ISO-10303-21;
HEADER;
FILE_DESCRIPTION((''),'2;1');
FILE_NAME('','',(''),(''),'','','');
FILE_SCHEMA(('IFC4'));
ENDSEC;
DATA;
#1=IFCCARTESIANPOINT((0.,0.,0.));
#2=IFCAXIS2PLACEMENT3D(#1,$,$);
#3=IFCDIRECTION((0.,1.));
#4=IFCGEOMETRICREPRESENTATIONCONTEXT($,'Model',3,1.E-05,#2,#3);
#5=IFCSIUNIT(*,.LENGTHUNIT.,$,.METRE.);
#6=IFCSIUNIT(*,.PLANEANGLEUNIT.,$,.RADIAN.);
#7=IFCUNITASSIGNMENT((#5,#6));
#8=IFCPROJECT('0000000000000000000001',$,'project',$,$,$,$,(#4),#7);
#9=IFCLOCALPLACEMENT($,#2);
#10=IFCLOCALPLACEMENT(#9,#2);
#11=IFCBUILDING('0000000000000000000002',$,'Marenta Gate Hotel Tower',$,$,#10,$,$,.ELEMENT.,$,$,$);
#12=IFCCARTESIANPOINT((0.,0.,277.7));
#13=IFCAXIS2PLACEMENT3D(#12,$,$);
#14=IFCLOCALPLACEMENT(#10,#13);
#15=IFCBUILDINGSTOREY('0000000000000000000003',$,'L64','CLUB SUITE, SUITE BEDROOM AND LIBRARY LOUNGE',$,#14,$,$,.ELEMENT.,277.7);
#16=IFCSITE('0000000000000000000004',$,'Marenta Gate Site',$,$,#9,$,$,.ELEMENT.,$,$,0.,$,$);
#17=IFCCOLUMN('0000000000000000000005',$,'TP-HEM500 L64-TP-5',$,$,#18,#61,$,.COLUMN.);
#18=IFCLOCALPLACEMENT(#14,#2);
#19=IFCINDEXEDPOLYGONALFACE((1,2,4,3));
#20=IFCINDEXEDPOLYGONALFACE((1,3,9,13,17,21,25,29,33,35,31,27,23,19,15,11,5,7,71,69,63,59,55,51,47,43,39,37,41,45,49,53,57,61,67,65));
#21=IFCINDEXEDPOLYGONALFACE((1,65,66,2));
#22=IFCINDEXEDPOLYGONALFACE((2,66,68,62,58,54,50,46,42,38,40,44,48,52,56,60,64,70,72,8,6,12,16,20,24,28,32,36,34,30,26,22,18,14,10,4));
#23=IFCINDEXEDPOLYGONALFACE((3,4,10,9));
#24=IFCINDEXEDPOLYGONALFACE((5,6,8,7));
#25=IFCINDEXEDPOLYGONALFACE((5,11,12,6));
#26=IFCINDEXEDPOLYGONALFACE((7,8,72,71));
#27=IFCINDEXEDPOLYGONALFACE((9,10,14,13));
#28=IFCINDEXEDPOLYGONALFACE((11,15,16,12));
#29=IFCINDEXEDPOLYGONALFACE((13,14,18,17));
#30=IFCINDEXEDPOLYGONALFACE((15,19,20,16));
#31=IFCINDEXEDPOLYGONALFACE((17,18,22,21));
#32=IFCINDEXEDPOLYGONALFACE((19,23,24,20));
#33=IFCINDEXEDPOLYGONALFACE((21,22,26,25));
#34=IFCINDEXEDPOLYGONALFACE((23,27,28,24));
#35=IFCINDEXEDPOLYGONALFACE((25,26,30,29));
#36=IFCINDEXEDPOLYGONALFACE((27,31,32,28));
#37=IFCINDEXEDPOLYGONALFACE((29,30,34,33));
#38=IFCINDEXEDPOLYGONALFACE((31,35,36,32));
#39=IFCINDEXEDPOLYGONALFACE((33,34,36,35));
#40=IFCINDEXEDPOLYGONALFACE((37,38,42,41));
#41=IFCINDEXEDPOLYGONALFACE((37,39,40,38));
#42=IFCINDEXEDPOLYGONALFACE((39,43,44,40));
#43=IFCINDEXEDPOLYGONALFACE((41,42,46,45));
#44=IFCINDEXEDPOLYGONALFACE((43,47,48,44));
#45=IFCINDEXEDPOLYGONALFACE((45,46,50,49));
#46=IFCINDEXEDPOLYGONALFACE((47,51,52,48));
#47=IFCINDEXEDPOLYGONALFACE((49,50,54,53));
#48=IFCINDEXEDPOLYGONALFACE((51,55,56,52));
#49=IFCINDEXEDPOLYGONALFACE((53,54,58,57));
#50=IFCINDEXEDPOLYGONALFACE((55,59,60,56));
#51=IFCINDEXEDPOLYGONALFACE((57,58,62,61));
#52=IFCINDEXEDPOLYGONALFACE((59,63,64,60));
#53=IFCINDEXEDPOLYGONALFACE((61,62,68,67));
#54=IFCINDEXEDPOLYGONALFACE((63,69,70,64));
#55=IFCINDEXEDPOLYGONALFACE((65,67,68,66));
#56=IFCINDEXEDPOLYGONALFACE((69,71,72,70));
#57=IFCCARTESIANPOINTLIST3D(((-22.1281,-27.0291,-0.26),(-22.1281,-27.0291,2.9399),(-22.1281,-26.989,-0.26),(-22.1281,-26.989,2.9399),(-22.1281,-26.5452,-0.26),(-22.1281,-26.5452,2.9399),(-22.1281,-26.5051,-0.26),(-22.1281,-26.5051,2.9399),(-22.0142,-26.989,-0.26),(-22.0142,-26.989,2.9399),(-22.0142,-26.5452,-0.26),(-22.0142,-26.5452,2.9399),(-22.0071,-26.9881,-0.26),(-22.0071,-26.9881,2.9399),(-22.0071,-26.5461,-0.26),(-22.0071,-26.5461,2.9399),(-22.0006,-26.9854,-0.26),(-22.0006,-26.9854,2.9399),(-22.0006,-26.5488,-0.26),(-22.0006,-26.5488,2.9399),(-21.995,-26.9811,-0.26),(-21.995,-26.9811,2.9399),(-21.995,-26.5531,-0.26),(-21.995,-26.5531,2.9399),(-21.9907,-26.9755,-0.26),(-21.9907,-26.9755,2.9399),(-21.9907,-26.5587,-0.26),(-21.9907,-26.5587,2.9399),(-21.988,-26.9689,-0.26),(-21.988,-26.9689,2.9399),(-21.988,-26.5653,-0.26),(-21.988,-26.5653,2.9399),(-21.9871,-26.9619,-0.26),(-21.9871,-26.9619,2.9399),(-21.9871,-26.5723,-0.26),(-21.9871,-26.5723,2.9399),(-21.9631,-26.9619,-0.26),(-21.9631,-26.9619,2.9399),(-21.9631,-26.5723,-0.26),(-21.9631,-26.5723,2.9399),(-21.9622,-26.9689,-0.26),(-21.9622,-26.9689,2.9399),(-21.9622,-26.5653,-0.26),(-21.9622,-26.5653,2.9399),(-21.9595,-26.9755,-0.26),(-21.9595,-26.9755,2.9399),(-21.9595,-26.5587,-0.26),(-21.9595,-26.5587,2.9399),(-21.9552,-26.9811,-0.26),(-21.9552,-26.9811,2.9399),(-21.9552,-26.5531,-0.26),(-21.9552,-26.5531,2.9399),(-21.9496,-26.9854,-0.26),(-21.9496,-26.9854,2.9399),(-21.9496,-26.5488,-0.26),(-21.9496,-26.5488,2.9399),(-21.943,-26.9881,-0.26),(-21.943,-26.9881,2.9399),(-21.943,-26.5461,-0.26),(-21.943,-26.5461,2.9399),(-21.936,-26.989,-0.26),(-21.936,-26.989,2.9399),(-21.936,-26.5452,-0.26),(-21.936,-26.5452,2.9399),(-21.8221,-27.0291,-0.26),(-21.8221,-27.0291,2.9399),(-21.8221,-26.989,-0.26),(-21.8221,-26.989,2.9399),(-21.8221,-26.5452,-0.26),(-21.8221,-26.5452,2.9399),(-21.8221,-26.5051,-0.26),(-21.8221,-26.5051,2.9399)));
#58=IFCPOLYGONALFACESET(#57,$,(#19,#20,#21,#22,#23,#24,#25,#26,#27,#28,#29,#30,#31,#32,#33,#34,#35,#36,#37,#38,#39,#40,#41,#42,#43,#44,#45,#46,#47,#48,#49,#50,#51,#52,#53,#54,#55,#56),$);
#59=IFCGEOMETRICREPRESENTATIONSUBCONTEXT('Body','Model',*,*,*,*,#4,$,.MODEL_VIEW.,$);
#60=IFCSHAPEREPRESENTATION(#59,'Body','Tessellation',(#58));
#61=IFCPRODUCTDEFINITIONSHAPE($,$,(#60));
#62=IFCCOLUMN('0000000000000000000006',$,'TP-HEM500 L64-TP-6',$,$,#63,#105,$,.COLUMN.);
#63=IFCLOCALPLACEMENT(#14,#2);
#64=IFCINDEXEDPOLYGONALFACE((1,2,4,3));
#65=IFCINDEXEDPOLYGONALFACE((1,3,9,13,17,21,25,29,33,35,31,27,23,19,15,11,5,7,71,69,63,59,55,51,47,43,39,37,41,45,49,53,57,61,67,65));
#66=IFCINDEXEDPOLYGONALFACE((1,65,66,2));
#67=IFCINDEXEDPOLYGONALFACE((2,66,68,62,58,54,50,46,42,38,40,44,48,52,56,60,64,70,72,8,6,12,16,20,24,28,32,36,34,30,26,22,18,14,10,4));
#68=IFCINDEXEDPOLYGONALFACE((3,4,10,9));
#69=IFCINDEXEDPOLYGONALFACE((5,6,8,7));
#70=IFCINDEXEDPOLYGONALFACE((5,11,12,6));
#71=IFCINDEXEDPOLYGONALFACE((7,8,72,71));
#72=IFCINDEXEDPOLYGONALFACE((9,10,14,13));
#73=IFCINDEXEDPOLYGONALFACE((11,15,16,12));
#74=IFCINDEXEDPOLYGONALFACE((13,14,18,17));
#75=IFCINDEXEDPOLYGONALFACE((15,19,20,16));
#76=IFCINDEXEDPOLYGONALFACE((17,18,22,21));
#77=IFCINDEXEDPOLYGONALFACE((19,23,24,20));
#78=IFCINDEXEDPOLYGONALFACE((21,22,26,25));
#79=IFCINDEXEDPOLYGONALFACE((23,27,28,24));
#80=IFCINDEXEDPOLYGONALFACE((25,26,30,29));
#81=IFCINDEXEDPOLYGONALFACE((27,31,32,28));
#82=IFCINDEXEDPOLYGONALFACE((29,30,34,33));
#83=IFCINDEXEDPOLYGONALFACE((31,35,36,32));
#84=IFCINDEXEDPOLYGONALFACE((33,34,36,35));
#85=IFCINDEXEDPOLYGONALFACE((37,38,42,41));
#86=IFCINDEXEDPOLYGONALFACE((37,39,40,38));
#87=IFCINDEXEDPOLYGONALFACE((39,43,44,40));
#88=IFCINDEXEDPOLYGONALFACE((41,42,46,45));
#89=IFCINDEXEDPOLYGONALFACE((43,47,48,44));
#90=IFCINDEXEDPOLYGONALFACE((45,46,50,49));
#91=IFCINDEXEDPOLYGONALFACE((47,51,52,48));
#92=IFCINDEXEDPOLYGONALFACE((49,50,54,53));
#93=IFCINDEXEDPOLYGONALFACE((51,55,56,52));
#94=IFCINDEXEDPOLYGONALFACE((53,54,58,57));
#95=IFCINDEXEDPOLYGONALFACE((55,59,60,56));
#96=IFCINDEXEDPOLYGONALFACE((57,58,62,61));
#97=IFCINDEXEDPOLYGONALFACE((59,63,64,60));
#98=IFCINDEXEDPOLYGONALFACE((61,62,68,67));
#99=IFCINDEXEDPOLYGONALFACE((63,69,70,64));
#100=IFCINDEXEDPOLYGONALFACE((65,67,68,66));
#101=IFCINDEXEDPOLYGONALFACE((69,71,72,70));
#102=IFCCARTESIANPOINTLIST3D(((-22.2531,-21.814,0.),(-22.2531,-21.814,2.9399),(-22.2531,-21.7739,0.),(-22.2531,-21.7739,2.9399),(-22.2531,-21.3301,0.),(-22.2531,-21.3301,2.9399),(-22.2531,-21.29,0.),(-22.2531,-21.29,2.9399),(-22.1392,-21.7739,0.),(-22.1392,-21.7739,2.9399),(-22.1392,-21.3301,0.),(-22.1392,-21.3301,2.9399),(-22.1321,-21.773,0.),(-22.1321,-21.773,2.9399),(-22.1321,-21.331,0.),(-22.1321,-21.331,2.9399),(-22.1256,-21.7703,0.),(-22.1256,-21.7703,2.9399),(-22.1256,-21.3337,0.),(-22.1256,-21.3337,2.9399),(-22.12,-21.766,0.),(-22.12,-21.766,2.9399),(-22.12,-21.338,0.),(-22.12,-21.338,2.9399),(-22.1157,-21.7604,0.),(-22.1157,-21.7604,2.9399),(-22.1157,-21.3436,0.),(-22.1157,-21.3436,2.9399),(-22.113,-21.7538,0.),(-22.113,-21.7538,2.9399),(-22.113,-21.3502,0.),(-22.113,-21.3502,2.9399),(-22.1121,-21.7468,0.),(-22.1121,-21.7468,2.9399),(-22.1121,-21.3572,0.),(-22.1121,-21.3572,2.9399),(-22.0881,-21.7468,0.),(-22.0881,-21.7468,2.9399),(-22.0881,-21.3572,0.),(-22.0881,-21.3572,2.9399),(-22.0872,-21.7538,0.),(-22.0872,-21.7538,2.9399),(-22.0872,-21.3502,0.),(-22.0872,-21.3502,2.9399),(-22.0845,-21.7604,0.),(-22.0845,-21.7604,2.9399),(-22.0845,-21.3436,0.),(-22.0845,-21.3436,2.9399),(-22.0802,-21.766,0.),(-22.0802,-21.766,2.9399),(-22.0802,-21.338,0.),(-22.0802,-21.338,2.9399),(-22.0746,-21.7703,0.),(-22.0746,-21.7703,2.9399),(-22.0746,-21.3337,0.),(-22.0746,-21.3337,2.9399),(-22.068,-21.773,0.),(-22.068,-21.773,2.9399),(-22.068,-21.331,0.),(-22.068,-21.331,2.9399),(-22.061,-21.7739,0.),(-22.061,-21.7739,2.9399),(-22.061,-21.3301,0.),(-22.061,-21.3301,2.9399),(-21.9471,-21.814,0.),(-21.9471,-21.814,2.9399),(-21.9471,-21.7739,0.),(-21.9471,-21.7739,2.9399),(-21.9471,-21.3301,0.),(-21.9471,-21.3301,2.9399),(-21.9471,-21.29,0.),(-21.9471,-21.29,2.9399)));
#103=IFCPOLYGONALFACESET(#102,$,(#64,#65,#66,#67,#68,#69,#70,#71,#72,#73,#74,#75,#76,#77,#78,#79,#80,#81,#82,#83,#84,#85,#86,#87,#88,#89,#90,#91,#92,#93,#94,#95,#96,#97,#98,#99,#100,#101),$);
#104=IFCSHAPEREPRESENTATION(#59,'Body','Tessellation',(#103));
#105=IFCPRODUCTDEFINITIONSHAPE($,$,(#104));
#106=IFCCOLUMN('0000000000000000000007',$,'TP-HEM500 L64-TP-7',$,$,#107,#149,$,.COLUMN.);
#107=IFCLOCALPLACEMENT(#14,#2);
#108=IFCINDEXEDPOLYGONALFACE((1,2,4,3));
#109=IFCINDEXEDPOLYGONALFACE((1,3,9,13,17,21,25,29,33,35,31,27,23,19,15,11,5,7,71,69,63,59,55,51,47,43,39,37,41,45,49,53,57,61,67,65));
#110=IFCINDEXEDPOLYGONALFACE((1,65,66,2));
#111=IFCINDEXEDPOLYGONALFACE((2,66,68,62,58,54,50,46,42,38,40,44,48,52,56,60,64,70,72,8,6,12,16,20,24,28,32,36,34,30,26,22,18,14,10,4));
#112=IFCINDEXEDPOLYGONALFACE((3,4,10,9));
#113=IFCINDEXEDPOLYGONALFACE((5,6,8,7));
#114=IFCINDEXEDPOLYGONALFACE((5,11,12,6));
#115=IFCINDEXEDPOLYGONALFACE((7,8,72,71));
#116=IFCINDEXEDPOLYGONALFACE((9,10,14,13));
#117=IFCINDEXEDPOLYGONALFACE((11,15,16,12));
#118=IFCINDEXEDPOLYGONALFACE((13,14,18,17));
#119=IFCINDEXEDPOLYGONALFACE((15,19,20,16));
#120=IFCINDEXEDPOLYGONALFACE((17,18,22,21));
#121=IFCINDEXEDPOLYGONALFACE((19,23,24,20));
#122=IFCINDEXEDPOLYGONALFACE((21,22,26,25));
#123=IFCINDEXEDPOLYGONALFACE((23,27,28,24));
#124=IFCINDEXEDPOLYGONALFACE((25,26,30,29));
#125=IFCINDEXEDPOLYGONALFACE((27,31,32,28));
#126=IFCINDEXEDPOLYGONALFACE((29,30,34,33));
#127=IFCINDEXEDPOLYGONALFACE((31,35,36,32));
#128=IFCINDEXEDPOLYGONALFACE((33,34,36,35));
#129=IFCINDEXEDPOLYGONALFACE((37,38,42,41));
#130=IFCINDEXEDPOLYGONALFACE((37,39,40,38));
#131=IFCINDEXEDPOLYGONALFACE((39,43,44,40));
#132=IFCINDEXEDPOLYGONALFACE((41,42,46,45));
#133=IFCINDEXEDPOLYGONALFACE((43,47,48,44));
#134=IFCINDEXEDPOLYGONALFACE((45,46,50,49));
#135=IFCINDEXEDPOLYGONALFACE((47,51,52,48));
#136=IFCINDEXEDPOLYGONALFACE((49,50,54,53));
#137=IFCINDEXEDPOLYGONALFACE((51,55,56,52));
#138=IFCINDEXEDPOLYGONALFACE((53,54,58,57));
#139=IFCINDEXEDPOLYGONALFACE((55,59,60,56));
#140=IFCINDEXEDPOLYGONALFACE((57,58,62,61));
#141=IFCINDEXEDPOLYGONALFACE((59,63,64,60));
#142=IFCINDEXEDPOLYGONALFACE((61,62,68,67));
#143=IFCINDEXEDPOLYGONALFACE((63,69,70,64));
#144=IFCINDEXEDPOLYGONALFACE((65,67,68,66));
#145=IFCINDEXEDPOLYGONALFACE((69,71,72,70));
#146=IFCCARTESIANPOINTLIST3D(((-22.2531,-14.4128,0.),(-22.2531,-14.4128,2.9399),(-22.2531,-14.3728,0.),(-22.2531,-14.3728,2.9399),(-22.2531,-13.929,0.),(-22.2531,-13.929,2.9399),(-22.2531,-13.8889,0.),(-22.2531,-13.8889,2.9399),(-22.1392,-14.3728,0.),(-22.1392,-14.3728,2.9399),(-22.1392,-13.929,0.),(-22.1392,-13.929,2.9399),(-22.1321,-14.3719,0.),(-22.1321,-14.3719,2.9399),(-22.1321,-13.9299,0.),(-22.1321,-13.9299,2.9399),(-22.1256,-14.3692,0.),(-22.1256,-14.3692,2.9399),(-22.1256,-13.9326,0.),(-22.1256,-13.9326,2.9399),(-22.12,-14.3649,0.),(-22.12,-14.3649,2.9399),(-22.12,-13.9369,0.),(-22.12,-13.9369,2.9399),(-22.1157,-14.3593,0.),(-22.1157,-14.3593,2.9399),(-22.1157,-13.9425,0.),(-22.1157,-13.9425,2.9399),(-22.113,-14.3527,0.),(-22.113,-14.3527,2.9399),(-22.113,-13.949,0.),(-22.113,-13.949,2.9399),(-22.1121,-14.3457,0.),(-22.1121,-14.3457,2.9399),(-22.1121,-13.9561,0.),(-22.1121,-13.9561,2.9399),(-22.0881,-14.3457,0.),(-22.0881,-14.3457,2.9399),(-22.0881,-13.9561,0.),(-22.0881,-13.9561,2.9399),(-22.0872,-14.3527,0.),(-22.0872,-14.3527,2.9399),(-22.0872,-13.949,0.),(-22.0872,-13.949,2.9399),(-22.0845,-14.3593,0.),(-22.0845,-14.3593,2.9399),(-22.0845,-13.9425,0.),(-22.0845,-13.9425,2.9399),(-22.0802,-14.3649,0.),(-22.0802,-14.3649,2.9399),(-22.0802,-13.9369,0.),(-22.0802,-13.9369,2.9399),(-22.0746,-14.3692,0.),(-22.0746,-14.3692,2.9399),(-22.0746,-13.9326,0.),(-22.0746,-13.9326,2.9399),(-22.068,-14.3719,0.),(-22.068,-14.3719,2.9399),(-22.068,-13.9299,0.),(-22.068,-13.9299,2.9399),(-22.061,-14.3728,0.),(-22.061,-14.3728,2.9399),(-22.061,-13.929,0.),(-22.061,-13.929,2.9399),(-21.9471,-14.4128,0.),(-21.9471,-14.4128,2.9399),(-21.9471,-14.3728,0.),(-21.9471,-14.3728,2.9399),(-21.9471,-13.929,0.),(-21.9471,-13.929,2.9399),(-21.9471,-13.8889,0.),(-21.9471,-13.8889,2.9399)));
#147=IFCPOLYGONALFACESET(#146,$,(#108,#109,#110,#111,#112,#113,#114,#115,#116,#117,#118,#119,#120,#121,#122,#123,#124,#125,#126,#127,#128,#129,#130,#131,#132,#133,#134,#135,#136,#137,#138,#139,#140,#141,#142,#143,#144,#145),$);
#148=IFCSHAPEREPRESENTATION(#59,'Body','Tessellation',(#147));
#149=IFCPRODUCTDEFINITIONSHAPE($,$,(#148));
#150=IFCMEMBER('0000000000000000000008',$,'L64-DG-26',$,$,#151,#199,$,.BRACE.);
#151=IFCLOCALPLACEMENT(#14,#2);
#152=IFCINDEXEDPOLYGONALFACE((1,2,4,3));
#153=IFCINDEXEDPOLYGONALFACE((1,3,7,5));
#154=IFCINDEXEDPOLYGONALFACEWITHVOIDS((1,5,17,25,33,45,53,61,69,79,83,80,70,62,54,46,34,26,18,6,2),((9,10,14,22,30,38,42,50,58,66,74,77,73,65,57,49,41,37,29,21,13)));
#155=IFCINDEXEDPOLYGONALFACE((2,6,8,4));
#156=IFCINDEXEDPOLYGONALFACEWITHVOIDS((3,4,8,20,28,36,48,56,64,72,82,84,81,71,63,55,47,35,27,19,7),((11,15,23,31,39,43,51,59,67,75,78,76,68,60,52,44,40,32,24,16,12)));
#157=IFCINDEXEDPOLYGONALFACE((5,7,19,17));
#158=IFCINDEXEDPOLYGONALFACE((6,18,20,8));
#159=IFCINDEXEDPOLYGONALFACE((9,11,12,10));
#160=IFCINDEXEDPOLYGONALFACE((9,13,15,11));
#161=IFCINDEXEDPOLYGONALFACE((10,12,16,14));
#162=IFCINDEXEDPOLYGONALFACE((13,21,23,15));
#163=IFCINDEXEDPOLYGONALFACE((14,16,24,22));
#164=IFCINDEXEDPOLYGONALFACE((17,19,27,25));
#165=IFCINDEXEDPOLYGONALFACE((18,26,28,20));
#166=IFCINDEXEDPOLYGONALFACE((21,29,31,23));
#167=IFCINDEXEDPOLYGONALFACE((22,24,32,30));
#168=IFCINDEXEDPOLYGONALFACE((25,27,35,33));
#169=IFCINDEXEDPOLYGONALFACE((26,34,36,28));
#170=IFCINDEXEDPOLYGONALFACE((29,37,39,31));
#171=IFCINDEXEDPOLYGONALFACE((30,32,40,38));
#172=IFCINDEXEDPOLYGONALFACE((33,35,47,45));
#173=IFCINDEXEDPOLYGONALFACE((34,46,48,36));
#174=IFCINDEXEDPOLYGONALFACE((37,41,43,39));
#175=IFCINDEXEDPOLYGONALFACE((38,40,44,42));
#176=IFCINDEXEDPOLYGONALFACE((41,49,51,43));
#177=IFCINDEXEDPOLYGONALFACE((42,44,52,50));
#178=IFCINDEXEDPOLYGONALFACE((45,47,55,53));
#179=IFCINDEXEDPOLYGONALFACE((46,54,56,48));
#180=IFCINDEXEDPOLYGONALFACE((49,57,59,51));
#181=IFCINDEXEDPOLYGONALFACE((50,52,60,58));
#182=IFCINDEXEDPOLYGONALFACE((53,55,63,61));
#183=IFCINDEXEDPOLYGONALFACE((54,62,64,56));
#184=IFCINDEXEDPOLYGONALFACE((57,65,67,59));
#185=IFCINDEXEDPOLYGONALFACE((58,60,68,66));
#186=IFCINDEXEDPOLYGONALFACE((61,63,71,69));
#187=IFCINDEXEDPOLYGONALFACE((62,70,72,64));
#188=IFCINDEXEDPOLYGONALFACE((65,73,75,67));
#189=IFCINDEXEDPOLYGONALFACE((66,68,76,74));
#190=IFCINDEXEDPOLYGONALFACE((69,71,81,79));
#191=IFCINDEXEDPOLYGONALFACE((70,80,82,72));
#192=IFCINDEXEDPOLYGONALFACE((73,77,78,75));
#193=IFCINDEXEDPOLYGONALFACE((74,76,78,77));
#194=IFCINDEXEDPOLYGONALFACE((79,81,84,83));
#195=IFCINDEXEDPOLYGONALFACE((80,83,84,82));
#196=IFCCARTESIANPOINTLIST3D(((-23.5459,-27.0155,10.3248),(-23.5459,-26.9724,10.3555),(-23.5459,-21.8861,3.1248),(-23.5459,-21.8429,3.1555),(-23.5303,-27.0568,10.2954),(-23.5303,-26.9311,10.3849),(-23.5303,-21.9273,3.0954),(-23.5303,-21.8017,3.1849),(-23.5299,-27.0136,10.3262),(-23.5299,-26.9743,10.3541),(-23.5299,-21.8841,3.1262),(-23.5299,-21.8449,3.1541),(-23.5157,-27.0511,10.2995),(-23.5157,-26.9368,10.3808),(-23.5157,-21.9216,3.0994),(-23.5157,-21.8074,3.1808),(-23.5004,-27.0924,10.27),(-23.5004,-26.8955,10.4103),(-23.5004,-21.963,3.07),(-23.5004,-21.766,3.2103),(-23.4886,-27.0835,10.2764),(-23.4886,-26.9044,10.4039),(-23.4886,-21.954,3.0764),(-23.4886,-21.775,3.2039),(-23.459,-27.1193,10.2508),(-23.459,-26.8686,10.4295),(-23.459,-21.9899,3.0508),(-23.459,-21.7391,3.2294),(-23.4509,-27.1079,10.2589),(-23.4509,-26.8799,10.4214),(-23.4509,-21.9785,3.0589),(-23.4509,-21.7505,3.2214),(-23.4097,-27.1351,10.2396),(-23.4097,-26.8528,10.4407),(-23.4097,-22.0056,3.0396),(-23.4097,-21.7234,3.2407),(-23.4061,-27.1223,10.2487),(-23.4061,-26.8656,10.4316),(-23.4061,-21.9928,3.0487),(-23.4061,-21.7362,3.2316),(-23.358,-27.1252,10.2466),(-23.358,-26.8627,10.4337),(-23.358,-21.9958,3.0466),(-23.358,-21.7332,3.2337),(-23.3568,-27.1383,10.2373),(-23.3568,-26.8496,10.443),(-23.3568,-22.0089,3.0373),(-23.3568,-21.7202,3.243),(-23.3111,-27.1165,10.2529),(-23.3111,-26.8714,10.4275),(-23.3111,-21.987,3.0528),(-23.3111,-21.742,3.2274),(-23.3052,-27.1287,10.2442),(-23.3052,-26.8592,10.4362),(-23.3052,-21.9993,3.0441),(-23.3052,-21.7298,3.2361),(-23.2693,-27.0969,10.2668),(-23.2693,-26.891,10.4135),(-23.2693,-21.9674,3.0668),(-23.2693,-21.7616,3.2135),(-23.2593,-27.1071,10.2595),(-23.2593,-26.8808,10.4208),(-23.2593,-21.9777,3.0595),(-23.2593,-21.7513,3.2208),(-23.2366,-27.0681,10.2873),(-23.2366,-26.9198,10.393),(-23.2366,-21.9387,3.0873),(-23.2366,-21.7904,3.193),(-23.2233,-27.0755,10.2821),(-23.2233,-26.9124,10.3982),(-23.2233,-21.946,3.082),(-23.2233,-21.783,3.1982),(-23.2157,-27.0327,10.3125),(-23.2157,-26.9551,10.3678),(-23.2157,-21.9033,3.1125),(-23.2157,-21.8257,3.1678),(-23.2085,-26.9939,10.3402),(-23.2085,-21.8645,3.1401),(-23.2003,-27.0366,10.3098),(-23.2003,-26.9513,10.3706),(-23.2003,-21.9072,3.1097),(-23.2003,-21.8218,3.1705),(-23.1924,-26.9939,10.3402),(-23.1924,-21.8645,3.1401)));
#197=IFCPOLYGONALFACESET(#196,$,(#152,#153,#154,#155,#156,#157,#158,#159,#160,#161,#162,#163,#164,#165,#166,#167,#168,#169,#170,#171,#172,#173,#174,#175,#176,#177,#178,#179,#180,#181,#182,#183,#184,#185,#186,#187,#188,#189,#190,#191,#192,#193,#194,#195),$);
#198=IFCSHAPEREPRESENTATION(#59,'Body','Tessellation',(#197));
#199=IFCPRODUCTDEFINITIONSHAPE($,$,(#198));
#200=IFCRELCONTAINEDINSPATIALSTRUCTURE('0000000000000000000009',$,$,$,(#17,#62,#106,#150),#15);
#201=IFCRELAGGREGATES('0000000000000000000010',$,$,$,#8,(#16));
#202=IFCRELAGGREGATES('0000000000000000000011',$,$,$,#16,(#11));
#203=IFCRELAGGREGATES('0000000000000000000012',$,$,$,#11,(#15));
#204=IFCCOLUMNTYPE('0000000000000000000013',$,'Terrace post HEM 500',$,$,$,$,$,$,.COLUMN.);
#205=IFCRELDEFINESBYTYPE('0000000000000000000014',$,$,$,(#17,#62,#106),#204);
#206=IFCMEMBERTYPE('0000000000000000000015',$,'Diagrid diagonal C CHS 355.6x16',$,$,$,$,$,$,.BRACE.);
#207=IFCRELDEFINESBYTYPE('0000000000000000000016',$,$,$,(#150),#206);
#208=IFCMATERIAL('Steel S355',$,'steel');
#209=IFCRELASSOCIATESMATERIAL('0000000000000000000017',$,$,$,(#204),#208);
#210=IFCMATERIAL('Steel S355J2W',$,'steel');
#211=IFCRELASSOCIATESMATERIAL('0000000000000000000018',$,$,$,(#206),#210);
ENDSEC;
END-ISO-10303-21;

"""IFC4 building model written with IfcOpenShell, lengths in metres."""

from ifc_helpers import new_model, si_unit, direction, frame, origin, origin_2d, place, context, subcontext, project, spatial, hollow_circle, i_section, extrude, material, material_profile, profile_set, type_object, element, save


model = new_model("IFC4")

# Units and contexts
model_context = context("Model", 3, precision=1e-05, world=origin(), true_north=direction((0.0, 1.0)))
body_context = subcontext(model_context, "Body", "Model", "MODEL_VIEW")
ifc_project = project(units=[si_unit("LENGTHUNIT", "METRE"), si_unit("PLANEANGLEUNIT", "RADIAN")], contexts=[model_context])

# Site, building, storey
site_placement = place(None, origin())
site = spatial("IfcSite", under=ifc_project, at=site_placement, Name="Marenta Gate Site", CompositionType="ELEMENT", RefElevation=0.0)
building_placement = place(site_placement, origin())
building = spatial("IfcBuilding", under=site, at=building_placement, Name="Marenta Gate Hotel Tower", CompositionType="ELEMENT")
storey_placement = place(building_placement, frame((0.0, 0.0, 277.7)))
storey = spatial("IfcBuildingStorey", under=building, at=storey_placement, Name="L64", Description="CLUB SUITE, SUITE BEDROOM AND LIBRARY LOUNGE", CompositionType="ELEMENT", Elevation=277.7)

# Columns
ifc_material_1 = material(Name="Steel S355", Category="steel")
ifc_material_profile_1 = material_profile(ifc_material_1, i_section(OverallWidth=0.3059, OverallDepth=0.5239, WebThickness=0.0239, FlangeThickness=0.04, FilletRadius=0.0271, at=origin_2d()), Name="HEM 500")
ifc_profile_set_1 = profile_set([ifc_material_profile_1], Name="Steel S355")
column_type = type_object("IfcColumnType", Name="Terrace post HEM 500", PredefinedType="COLUMN", material=ifc_profile_set_1)
column_placement = place(storey_placement, frame((-21.9751, -26.7671, -0.26), z_axis=(0.0, 0.0, 1.0), x_axis=(1.0, 0.0, 0.0)))
element("IfcColumn", 1, at=column_placement, inside=storey, type_object=column_type, Name="TP-HEM500 L64-TP-5", PredefinedType="COLUMN", context=body_context, shape_type="SweptSolid", body=[
    extrude(i_section(OverallWidth=0.3059, OverallDepth=0.5239, WebThickness=0.0239, FlangeThickness=0.04, FilletRadius=0.0271, at=origin_2d()), origin(), (0.0, 0.0, 1.0), 3.2),
])
for number, where, z_axis, x_axis, name in (
    (2, (-22.1001, -21.552, 0.0), (0.0, 0.0, 1.0), (1.0, 0.0, 0.0), "TP-HEM500 L64-TP-6"),
    (3, (-22.1001, -14.1509, 0.0), (0.0, 0.0, 1.0), (1.0, 0.0, 0.0), "TP-HEM500 L64-TP-7"),
):
    element("IfcColumn", number, at=place(storey_placement, frame(where, z_axis=z_axis, x_axis=x_axis)), inside=storey, type_object=column_type, Name=name, PredefinedType="COLUMN", context=body_context, shape_type="SweptSolid", body=[
        extrude(i_section(OverallWidth=0.3059, OverallDepth=0.5239, WebThickness=0.0239, FlangeThickness=0.04, FilletRadius=0.0271, at=origin_2d()), origin(), (0.0, 0.0, 1.0), 2.9399),
    ])

# Member
ifc_material_2 = material(Name="Steel S355J2W", Category="steel")
ifc_material_profile_2 = material_profile(ifc_material_2, hollow_circle(Radius=0.1777, WallThickness=0.0161, at=origin_2d()), Name="CHS 355.6x16")
ifc_profile_set_2 = profile_set([ifc_material_profile_2], Name="Steel S355J2W")
member_type_1 = type_object("IfcMemberType", Name="Diagrid diagonal C CHS 355.6x16", PredefinedType="BRACE", material=ifc_profile_set_2)
member_1_placement = place(storey_placement, frame((-23.3701, -21.8645, 3.1401), z_axis=(0.0, -0.580232, 0.814451), x_axis=(1.0, 0.0, 0.0)))
element("IfcMember", 4, at=member_1_placement, inside=storey, type_object=member_type_1, Name="L64-DG-26", PredefinedType="BRACE", context=body_context, shape_type="SweptSolid", body=[
    extrude(hollow_circle(Radius=0.1777, WallThickness=0.0161, at=origin_2d()), origin(), (0.0, 0.0, 1.0), 8.8403),
])

save(model, "model.ifc")
